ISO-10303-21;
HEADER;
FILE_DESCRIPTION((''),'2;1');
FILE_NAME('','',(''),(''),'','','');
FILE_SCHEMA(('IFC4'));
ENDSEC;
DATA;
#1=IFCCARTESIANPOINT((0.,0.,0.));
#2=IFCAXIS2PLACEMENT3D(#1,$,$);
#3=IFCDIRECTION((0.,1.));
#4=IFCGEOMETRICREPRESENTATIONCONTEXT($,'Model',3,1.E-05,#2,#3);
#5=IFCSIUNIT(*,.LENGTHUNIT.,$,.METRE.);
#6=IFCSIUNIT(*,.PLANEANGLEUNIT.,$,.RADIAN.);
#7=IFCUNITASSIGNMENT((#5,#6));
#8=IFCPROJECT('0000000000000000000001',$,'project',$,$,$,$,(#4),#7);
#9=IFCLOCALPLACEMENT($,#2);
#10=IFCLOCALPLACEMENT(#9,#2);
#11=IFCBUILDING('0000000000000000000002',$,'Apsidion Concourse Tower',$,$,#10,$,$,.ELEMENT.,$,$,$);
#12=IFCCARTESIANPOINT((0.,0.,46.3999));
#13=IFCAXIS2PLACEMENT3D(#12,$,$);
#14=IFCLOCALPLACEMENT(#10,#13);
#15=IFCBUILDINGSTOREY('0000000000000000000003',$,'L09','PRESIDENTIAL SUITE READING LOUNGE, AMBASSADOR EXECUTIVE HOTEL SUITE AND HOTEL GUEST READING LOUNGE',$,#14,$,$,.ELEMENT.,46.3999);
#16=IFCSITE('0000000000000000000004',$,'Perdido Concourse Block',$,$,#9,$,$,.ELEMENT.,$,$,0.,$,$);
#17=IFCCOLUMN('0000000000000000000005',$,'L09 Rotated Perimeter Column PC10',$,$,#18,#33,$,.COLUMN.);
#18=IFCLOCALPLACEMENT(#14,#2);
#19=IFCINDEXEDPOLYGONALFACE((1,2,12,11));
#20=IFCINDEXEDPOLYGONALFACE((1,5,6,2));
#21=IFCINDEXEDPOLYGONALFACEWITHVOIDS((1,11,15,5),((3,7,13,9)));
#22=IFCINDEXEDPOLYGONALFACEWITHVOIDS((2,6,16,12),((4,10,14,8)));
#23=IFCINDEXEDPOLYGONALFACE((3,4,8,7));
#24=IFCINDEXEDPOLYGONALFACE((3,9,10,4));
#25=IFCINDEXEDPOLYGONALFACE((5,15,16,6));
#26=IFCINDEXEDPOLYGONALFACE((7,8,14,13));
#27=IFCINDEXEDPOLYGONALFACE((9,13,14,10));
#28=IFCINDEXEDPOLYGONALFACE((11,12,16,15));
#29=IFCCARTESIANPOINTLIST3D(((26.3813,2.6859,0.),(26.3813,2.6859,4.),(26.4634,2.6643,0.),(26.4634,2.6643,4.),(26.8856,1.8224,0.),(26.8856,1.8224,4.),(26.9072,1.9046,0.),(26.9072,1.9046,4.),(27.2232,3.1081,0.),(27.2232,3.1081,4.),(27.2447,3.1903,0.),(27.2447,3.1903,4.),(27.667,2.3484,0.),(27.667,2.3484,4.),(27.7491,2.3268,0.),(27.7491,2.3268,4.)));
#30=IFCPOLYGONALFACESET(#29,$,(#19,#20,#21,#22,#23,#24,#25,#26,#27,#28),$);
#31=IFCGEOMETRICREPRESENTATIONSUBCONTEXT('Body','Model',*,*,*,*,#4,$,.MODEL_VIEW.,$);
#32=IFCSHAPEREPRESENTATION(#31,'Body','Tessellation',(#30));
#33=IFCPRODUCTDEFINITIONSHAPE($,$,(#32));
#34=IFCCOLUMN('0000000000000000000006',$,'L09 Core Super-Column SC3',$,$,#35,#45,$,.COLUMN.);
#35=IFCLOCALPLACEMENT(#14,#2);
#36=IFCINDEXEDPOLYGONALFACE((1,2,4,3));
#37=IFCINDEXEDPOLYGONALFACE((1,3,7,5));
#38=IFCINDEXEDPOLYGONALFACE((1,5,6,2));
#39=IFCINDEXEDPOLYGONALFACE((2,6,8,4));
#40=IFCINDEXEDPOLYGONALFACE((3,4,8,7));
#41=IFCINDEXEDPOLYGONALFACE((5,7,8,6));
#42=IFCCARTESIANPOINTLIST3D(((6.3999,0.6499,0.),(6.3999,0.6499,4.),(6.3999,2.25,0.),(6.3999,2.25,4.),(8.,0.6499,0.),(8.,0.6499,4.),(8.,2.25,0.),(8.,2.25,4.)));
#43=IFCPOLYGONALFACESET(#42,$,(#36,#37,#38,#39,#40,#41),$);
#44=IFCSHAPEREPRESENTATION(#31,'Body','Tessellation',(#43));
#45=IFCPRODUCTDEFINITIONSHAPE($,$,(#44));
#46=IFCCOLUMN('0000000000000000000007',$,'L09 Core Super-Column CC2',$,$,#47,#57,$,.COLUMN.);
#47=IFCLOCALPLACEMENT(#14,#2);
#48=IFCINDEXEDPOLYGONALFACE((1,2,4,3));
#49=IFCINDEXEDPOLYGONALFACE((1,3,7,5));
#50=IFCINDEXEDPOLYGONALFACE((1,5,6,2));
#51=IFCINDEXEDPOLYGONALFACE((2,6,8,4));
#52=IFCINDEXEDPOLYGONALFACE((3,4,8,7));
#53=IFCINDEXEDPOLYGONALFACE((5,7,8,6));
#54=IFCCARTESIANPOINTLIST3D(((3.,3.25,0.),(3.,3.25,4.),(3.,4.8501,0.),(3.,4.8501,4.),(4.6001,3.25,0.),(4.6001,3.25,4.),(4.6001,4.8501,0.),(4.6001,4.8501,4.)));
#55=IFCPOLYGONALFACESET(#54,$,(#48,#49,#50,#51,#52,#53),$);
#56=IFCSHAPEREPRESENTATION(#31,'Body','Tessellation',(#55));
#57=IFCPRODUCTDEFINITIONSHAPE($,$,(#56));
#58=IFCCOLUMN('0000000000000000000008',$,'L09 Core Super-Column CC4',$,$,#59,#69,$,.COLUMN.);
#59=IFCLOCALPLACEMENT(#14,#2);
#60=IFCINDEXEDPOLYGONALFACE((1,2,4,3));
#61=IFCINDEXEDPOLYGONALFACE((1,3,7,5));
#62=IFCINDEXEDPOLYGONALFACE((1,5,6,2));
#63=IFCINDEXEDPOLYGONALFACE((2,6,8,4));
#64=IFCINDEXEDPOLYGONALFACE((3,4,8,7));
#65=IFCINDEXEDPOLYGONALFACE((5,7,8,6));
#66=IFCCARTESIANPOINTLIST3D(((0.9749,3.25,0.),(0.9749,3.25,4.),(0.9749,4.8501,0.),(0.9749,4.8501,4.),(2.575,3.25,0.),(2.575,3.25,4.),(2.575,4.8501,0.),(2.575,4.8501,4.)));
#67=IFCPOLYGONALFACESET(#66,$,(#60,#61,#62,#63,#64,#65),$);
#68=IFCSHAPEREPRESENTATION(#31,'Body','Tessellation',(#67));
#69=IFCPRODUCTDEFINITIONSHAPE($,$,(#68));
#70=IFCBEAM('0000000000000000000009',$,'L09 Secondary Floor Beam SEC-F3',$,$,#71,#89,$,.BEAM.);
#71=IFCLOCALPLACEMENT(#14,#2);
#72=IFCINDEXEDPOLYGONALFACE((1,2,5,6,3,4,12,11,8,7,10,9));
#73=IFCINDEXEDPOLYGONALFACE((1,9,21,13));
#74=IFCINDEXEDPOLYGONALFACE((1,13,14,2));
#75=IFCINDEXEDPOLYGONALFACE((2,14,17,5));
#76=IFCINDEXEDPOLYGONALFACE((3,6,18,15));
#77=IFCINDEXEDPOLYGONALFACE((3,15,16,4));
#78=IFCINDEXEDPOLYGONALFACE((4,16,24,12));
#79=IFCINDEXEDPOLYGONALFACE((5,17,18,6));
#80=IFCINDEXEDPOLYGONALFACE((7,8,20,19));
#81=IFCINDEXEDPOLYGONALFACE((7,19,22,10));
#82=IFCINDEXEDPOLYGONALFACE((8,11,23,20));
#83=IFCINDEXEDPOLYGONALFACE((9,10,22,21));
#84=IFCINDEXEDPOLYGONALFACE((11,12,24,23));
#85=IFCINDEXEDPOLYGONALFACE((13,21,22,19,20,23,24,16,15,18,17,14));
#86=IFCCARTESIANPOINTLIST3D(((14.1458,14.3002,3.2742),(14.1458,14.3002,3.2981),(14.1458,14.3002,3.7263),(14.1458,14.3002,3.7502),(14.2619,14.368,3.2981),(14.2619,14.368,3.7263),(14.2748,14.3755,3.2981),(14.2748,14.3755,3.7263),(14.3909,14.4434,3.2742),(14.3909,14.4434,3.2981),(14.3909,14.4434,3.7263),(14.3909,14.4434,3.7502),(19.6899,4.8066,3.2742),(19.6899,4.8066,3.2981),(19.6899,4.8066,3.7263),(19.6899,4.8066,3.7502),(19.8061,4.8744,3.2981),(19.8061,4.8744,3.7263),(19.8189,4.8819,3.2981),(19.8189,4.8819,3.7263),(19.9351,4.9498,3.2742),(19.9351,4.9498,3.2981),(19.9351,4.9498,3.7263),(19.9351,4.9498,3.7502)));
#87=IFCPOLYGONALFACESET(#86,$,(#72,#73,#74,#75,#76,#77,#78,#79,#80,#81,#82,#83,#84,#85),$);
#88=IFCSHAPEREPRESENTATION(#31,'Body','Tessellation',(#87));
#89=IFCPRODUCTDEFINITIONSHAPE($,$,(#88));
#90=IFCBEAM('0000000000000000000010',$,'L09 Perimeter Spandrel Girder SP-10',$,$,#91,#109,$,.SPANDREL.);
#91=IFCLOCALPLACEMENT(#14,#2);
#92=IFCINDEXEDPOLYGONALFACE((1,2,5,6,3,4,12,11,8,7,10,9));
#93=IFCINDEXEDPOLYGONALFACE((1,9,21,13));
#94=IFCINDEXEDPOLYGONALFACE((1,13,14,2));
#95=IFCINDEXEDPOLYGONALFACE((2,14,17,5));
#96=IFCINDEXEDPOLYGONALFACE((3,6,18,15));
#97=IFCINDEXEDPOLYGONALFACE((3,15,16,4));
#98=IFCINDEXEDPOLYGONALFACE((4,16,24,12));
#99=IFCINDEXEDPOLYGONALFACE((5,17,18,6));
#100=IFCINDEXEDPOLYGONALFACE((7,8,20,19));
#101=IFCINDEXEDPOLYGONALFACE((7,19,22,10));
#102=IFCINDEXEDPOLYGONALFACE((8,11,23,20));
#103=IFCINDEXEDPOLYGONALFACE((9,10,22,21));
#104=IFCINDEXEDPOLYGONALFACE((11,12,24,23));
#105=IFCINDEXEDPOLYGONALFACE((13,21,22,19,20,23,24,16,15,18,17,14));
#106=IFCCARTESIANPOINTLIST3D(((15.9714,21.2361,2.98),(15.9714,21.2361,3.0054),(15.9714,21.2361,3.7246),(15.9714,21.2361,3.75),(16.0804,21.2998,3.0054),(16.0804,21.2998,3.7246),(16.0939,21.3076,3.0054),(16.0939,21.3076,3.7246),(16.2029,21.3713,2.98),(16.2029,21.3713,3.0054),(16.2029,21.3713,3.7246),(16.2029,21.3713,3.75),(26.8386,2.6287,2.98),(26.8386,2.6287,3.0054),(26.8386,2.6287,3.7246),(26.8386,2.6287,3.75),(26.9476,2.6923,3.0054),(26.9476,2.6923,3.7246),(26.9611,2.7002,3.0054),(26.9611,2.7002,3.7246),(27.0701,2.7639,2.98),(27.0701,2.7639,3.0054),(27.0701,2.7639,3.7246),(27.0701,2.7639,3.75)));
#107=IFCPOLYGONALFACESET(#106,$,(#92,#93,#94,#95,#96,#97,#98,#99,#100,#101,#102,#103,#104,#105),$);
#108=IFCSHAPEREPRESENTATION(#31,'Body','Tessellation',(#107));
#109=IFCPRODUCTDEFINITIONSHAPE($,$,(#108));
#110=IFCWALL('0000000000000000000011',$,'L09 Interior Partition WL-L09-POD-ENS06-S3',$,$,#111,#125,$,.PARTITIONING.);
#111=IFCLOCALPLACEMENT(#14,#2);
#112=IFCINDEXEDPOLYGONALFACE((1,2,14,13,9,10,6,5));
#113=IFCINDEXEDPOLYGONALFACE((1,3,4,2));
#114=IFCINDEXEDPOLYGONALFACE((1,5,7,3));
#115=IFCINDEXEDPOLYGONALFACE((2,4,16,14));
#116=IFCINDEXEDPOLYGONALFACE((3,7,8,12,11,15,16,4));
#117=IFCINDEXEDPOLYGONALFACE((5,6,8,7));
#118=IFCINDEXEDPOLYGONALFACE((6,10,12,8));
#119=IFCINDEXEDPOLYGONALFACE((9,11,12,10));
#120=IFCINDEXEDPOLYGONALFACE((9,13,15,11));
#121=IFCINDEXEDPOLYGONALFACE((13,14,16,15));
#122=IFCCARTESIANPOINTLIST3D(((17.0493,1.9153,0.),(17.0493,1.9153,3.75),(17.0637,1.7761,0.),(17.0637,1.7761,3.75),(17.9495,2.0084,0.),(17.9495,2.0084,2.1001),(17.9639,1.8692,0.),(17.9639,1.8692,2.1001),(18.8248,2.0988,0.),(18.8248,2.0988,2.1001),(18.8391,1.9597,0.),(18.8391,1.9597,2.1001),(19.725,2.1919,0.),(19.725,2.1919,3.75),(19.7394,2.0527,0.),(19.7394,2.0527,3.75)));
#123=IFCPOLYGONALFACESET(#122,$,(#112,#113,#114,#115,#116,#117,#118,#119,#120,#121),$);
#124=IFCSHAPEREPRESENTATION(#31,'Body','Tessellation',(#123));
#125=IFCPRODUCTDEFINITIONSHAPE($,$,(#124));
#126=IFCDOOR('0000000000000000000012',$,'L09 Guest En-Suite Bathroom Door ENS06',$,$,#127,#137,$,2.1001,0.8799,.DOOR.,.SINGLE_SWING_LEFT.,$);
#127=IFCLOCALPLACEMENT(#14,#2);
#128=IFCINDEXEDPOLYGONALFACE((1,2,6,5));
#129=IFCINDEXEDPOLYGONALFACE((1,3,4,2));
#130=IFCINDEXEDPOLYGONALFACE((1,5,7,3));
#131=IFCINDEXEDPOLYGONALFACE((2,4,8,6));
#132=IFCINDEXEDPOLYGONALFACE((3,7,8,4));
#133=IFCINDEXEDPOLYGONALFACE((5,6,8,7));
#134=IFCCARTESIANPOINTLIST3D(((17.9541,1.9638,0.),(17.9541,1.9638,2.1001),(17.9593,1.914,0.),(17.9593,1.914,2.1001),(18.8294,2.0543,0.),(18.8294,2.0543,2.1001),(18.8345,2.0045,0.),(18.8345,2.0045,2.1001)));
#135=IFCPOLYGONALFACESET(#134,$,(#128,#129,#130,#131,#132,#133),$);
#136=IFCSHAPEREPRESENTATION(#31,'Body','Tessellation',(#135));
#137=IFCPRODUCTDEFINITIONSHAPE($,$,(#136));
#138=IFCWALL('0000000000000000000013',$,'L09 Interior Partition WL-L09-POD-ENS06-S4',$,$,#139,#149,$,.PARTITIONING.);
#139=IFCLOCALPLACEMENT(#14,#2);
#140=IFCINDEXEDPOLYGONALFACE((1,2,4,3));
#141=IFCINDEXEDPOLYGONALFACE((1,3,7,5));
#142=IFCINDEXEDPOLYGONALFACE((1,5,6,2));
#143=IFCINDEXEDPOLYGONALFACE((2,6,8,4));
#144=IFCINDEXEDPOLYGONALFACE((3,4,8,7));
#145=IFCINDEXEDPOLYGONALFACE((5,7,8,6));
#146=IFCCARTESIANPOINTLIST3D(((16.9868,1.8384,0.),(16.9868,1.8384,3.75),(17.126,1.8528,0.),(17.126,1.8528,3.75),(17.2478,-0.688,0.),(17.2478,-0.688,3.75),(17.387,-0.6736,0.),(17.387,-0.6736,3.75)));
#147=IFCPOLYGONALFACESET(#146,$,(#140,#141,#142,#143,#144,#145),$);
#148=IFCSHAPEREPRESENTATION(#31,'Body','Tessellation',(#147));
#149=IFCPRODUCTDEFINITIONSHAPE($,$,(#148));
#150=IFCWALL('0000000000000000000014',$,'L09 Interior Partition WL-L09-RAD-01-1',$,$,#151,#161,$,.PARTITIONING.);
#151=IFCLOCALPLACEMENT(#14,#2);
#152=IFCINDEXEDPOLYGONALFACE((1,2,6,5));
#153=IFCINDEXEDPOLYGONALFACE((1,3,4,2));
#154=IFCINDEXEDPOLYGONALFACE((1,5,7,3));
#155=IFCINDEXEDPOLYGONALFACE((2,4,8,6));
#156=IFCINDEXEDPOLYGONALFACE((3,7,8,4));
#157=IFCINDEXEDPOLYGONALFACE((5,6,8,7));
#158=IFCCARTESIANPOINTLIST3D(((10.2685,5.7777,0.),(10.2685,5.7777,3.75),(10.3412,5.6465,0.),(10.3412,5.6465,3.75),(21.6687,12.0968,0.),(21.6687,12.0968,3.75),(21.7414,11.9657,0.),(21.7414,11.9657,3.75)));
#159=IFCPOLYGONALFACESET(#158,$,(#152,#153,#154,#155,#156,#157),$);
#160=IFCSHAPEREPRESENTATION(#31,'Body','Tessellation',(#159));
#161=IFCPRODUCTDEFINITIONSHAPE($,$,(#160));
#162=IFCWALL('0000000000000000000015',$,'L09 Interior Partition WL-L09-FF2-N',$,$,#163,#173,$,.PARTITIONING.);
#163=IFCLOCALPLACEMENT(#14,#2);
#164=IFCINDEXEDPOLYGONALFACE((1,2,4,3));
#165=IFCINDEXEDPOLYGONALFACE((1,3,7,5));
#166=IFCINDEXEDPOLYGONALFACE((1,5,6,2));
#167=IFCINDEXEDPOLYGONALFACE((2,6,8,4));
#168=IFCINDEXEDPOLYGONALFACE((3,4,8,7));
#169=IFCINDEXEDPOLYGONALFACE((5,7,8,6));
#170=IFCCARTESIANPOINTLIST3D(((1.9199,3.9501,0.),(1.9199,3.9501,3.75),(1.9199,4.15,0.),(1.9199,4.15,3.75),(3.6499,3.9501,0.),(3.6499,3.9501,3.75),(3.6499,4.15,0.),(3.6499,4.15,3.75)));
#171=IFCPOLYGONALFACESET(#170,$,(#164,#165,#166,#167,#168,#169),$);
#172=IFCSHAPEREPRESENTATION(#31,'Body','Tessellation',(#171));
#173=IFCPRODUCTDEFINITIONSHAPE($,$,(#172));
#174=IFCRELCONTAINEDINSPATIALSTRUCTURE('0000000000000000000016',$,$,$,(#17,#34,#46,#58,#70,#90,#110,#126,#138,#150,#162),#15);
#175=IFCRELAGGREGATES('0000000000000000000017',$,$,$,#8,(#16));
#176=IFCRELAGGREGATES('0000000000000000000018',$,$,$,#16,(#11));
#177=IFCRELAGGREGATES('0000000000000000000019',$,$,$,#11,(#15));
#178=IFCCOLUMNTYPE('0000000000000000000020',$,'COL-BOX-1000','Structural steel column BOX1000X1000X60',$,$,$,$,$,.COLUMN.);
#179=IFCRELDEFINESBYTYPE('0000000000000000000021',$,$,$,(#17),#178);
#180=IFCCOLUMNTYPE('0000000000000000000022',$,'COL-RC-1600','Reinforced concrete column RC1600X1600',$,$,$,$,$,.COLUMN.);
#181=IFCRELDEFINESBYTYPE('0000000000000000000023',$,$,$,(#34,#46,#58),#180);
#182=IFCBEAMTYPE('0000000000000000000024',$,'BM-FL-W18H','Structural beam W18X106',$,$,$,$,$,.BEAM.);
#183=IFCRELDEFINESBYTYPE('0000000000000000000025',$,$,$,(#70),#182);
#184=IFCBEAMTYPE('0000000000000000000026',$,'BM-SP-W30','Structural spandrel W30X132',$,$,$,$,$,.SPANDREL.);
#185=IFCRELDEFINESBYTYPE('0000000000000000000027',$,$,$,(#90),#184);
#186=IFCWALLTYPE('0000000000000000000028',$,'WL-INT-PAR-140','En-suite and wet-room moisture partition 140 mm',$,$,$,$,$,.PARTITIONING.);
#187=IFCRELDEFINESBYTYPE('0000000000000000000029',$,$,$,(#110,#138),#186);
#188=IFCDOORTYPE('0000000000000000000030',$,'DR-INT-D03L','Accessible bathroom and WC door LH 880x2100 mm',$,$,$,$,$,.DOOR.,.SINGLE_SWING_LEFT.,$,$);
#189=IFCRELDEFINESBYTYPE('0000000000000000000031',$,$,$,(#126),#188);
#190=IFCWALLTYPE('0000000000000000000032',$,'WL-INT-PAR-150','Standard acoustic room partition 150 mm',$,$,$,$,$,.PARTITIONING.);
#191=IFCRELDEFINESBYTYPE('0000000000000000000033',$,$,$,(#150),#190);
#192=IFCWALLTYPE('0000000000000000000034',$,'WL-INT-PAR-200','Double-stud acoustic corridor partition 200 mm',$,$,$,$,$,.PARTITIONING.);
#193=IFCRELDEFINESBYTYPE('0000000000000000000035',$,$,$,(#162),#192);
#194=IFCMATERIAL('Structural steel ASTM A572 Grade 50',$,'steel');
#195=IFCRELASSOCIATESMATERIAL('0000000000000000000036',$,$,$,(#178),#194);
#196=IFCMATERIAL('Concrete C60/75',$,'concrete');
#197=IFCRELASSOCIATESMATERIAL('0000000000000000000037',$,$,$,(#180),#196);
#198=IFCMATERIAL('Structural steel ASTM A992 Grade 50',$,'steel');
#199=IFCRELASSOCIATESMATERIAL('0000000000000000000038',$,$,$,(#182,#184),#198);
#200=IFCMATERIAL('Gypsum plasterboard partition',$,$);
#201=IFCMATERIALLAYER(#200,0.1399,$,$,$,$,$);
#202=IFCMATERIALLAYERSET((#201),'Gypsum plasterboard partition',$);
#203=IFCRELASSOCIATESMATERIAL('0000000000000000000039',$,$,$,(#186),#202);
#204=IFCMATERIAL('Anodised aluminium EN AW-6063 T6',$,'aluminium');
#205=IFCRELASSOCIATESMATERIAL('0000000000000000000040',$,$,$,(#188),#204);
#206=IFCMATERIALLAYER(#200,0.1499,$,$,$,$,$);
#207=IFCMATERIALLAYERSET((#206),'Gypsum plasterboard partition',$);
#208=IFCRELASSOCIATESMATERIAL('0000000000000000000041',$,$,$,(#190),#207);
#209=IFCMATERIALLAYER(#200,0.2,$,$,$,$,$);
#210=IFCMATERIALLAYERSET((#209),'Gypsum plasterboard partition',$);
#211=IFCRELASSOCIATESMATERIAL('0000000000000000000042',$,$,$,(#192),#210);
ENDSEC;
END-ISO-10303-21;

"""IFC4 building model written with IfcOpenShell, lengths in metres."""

from ifc_helpers import new_model, si_unit, direction, frame, frame_2d, origin, origin_2d, place, context, subcontext, project, spatial, rectangle, hollow_rectangle, i_section, extrude, material, layer, layer_set, material_profile, profile_set, type_object, element, fill, save


model = new_model("IFC4")

# Units and contexts
model_context = context("Model", 3, precision=1e-05, world=origin(), true_north=direction((0.0, 1.0)))
body_context = subcontext(model_context, "Body", "Model", "MODEL_VIEW")
ifc_project = project(units=[si_unit("LENGTHUNIT", "METRE"), si_unit("PLANEANGLEUNIT", "RADIAN")], contexts=[model_context])

# Site, building, storey
site_placement = place(None, origin())
site = spatial("IfcSite", under=ifc_project, at=site_placement, Name="Perdido Concourse Block", CompositionType="ELEMENT", RefElevation=0.0)
building_placement = place(site_placement, origin())
building = spatial("IfcBuilding", under=site, at=building_placement, Name="Apsidion Concourse Tower", CompositionType="ELEMENT")
storey_placement = place(building_placement, frame((0.0, 0.0, 46.3999)))
storey = spatial("IfcBuildingStorey", under=building, at=storey_placement, Name="L09", Description="PRESIDENTIAL SUITE READING LOUNGE, AMBASSADOR EXECUTIVE HOTEL SUITE AND HOTEL GUEST READING LOUNGE", CompositionType="ELEMENT", Elevation=46.3999)

# Columns
ifc_material_1 = material(Name="Structural steel ASTM A572 Grade 50", Category="steel")
ifc_material_profile_1 = material_profile(ifc_material_1, hollow_rectangle(XDim=1.0, YDim=1.0, WallThickness=0.0601, at=origin_2d()), Name="BOX1000X1000X60")
ifc_profile_set_1 = profile_set([ifc_material_profile_1], Name="Structural steel ASTM A572 Grade 50")
column_type_1 = type_object("IfcColumnType", Name="COL-BOX-1000", Description="Structural steel column BOX1000X1000X60", PredefinedType="COLUMN", material=ifc_profile_set_1)
column_placement = place(storey_placement, frame((27.0652, 2.5063, 0.0), z_axis=(0.0, 0.0, 1.0), x_axis=(-0.504377, 0.863484, 0.0)))
element("IfcColumn", 1, at=column_placement, inside=storey, type_object=column_type_1, Name="L09 Rotated Perimeter Column PC10", PredefinedType="COLUMN", context=body_context, shape_type="SweptSolid", body=[
    extrude(hollow_rectangle(XDim=1.0, YDim=1.0, WallThickness=0.0601, at=origin_2d()), origin(), (0.0, 0.0, 1.0), 4.0),
])
ifc_material_2 = material(Name="Concrete C60/75", Category="concrete")
ifc_material_profile_2 = material_profile(ifc_material_2, rectangle(XDim=1.6001, YDim=1.6001, at=origin_2d()), Name="RC 1600x1600")
ifc_profile_set_2 = profile_set([ifc_material_profile_2], Name="Concrete C60/75")
column_type_2 = type_object("IfcColumnType", Name="COL-RC-1600", Description="Reinforced concrete column RC1600X1600", PredefinedType="COLUMN", material=ifc_profile_set_2)
for number, where, z_axis, x_axis, name in (
    (2, (7.2, 1.45, 0.0), (0.0, 0.0, 1.0), (1.0, 0.0, 0.0), "L09 Core Super-Column SC3"),
    (3, (3.8, 4.05, 0.0), (0.0, 0.0, 1.0), (1.0, 0.0, 0.0), "L09 Core Super-Column CC2"),
    (4, (1.7749, 4.05, 0.0), (0.0, 0.0, 1.0), (1.0, 0.0, 0.0), "L09 Core Super-Column CC4"),
):
    element("IfcColumn", number, at=place(storey_placement, frame(where, z_axis=z_axis, x_axis=x_axis)), inside=storey, type_object=column_type_2, Name=name, PredefinedType="COLUMN", context=body_context, shape_type="SweptSolid", body=[
        extrude(rectangle(XDim=1.6001, YDim=1.6001, at=origin_2d()), origin(), (0.0, 0.0, 1.0), 4.0),
    ])

# Beams
ifc_material_3 = material(Name="Structural steel ASTM A992 Grade 50", Category="steel")
ifc_material_profile_3 = material_profile(ifc_material_3, i_section(OverallWidth=0.2839, OverallDepth=0.4761, WebThickness=0.0149, FlangeThickness=0.0239, at=origin_2d()), Name="W18X106")
ifc_profile_set_3 = profile_set([ifc_material_profile_3], Name="Structural steel ASTM A992 Grade 50")
beam_type_1 = type_object("IfcBeamType", Name="BM-FL-W18H", Description="Structural beam W18X106", PredefinedType="BEAM", material=ifc_profile_set_3)
beam_1_placement = place(storey_placement, frame((19.8125, 4.8782, 3.5122), z_axis=(-0.504293, 0.863532, 0.0), x_axis=(-0.863532, -0.504293, 0.0)))
element("IfcBeam", 5, at=beam_1_placement, inside=storey, type_object=beam_type_1, Name="L09 Secondary Floor Beam SEC-F3", PredefinedType="BEAM", context=body_context, shape_type="SweptSolid", body=[
    extrude(i_section(OverallWidth=0.2839, OverallDepth=0.4761, WebThickness=0.0149, FlangeThickness=0.0239, at=origin_2d()), origin(), (0.0, 0.0, 1.0), 10.9939),
])
ifc_material_profile_4 = material_profile(ifc_material_3, i_section(OverallWidth=0.2681, OverallDepth=0.77, WebThickness=0.0156, FlangeThickness=0.0254, at=origin_2d()), Name="W30X132")
ifc_profile_set_4 = profile_set([ifc_material_profile_4], Name="Structural steel ASTM A992 Grade 50")
beam_type_2 = type_object("IfcBeamType", Name="BM-SP-W30", Description="Structural spandrel W30X132", PredefinedType="SPANDREL", material=ifc_profile_set_4)
beam_2_placement = place(storey_placement, frame((26.9543, 2.6963, 3.365), z_axis=(-0.504316, 0.863519, 0.0), x_axis=(-0.863519, -0.504316, 0.0)))
element("IfcBeam", 6, at=beam_2_placement, inside=storey, type_object=beam_type_2, Name="L09 Perimeter Spandrel Girder SP-10", PredefinedType="SPANDREL", context=body_context, shape_type="SweptSolid", body=[
    extrude(i_section(OverallWidth=0.2681, OverallDepth=0.77, WebThickness=0.0156, FlangeThickness=0.0254, at=origin_2d()), origin(), (0.0, 0.0, 1.0), 21.5483),
])

# Wall, opening, door
ifc_material_4 = material(Name="Gypsum plasterboard partition")
ifc_layer_1 = layer(ifc_material_4, 0.1399)
ifc_layer_set_1 = layer_set([ifc_layer_1], Name="Gypsum plasterboard partition")
wall_type_1 = type_object("IfcWallType", Name="WL-INT-PAR-140", Description="En-suite and wet-room moisture partition 140 mm", PredefinedType="PARTITIONING", material=ifc_layer_set_1)
wall_1_placement = place(storey_placement, frame((19.7322, 2.1223, 0.0), z_axis=(0.0, 0.0, 1.0), x_axis=(-0.994699, -0.102828, 0.0)))
wall_1 = element("IfcWall", 7, at=wall_1_placement, inside=storey, type_object=wall_type_1, Name="L09 Interior Partition WL-L09-POD-ENS06-S3", PredefinedType="PARTITIONING", context=body_context, shape_type="SweptSolid", body=[
    extrude(rectangle(XDim=2.6899, YDim=0.1399, at=frame_2d((1.345, 0.0))), origin(), (0.0, 0.0, 1.0), 3.75),
])
opening_placement = place(wall_1_placement, frame((0.905, 0.0, 0.0)))
opening = element("IfcOpeningElement", 8, at=opening_placement, cuts=wall_1, PredefinedType="OPENING", context=body_context, shape_type="SweptSolid", body=[
    extrude(rectangle(XDim=0.8799, YDim=2.1001, at=frame_2d((0.4399, 1.05))), frame((0.0, 0.0801, 0.0), z_axis=(0.0, -1.0, 0.0), x_axis=(1.0, 0.0, 0.0)), (0.0, 0.0, 1.0), 0.1599),
])
ifc_material_5 = material(Name="Anodised aluminium EN AW-6063 T6", Category="aluminium")
door_type = type_object("IfcDoorType", Name="DR-INT-D03L", Description="Accessible bathroom and WC door LH 880x2100 mm", OperationType="SINGLE_SWING_LEFT", PredefinedType="DOOR", material=ifc_material_5)
door_placement = place(opening_placement, origin())
door = element("IfcDoor", 9, at=door_placement, inside=storey, type_object=door_type, Name="L09 Guest En-Suite Bathroom Door ENS06", OperationType="SINGLE_SWING_LEFT", OverallHeight=2.1001, OverallWidth=0.8799, PredefinedType="DOOR", context=body_context, shape_type="SweptSolid", body=[
    extrude(rectangle(XDim=0.8799, YDim=2.1001, at=frame_2d((0.4399, 1.05))), frame((0.0, 0.0249, 0.0), z_axis=(0.0, -1.0, 0.0), x_axis=(1.0, 0.0, 0.0)), (0.0, 0.0, 1.0), 0.05),
])
fill(opening, door)

# Walls
wall_2_placement = place(storey_placement, frame((17.0564, 1.8457, 0.0), z_axis=(0.0, 0.0, 1.0), x_axis=(0.102758, -0.994706, 0.0)))
element("IfcWall", 10, at=wall_2_placement, inside=storey, type_object=wall_type_1, Name="L09 Interior Partition WL-L09-POD-ENS06-S4", PredefinedType="PARTITIONING", context=body_context, shape_type="SweptSolid", body=[
    extrude(rectangle(XDim=2.5398, YDim=0.1399, at=frame_2d((1.27, 0.0))), origin(), (0.0, 0.0, 1.0), 3.75),
])
ifc_layer_2 = layer(ifc_material_4, 0.1499)
ifc_layer_set_2 = layer_set([ifc_layer_2], Name="Gypsum plasterboard partition")
wall_type_2 = type_object("IfcWallType", Name="WL-INT-PAR-150", Description="Standard acoustic room partition 150 mm", PredefinedType="PARTITIONING", material=ifc_layer_set_2)
wall_3_placement = place(storey_placement, frame((10.3049, 5.7122, 0.0), z_axis=(0.0, 0.0, 1.0), x_axis=(0.874623, 0.484803, 0.0)))
element("IfcWall", 11, at=wall_3_placement, inside=storey, type_object=wall_type_2, Name="L09 Interior Partition WL-L09-RAD-01-1", PredefinedType="PARTITIONING", context=body_context, shape_type="SweptSolid", body=[
    extrude(rectangle(XDim=13.0344, YDim=0.1499, at=frame_2d((6.5171, 0.0))), origin(), (0.0, 0.0, 1.0), 3.75),
])
ifc_layer_3 = layer(ifc_material_4, 0.2)
ifc_layer_set_3 = layer_set([ifc_layer_3], Name="Gypsum plasterboard partition")
wall_type_3 = type_object("IfcWallType", Name="WL-INT-PAR-200", Description="Double-stud acoustic corridor partition 200 mm", PredefinedType="PARTITIONING", material=ifc_layer_set_3)
wall_4_placement = place(storey_placement, frame((1.9199, 4.05, 0.0), z_axis=(0.0, 0.0, 1.0), x_axis=(1.0, 0.0, 0.0)))
element("IfcWall", 12, at=wall_4_placement, inside=storey, type_object=wall_type_3, Name="L09 Interior Partition WL-L09-FF2-N", PredefinedType="PARTITIONING", context=body_context, shape_type="SweptSolid", body=[
    extrude(rectangle(XDim=1.73, YDim=0.2, at=frame_2d((0.865, 0.0))), origin(), (0.0, 0.0, 1.0), 3.75),
])

save(model, "model.ifc")
